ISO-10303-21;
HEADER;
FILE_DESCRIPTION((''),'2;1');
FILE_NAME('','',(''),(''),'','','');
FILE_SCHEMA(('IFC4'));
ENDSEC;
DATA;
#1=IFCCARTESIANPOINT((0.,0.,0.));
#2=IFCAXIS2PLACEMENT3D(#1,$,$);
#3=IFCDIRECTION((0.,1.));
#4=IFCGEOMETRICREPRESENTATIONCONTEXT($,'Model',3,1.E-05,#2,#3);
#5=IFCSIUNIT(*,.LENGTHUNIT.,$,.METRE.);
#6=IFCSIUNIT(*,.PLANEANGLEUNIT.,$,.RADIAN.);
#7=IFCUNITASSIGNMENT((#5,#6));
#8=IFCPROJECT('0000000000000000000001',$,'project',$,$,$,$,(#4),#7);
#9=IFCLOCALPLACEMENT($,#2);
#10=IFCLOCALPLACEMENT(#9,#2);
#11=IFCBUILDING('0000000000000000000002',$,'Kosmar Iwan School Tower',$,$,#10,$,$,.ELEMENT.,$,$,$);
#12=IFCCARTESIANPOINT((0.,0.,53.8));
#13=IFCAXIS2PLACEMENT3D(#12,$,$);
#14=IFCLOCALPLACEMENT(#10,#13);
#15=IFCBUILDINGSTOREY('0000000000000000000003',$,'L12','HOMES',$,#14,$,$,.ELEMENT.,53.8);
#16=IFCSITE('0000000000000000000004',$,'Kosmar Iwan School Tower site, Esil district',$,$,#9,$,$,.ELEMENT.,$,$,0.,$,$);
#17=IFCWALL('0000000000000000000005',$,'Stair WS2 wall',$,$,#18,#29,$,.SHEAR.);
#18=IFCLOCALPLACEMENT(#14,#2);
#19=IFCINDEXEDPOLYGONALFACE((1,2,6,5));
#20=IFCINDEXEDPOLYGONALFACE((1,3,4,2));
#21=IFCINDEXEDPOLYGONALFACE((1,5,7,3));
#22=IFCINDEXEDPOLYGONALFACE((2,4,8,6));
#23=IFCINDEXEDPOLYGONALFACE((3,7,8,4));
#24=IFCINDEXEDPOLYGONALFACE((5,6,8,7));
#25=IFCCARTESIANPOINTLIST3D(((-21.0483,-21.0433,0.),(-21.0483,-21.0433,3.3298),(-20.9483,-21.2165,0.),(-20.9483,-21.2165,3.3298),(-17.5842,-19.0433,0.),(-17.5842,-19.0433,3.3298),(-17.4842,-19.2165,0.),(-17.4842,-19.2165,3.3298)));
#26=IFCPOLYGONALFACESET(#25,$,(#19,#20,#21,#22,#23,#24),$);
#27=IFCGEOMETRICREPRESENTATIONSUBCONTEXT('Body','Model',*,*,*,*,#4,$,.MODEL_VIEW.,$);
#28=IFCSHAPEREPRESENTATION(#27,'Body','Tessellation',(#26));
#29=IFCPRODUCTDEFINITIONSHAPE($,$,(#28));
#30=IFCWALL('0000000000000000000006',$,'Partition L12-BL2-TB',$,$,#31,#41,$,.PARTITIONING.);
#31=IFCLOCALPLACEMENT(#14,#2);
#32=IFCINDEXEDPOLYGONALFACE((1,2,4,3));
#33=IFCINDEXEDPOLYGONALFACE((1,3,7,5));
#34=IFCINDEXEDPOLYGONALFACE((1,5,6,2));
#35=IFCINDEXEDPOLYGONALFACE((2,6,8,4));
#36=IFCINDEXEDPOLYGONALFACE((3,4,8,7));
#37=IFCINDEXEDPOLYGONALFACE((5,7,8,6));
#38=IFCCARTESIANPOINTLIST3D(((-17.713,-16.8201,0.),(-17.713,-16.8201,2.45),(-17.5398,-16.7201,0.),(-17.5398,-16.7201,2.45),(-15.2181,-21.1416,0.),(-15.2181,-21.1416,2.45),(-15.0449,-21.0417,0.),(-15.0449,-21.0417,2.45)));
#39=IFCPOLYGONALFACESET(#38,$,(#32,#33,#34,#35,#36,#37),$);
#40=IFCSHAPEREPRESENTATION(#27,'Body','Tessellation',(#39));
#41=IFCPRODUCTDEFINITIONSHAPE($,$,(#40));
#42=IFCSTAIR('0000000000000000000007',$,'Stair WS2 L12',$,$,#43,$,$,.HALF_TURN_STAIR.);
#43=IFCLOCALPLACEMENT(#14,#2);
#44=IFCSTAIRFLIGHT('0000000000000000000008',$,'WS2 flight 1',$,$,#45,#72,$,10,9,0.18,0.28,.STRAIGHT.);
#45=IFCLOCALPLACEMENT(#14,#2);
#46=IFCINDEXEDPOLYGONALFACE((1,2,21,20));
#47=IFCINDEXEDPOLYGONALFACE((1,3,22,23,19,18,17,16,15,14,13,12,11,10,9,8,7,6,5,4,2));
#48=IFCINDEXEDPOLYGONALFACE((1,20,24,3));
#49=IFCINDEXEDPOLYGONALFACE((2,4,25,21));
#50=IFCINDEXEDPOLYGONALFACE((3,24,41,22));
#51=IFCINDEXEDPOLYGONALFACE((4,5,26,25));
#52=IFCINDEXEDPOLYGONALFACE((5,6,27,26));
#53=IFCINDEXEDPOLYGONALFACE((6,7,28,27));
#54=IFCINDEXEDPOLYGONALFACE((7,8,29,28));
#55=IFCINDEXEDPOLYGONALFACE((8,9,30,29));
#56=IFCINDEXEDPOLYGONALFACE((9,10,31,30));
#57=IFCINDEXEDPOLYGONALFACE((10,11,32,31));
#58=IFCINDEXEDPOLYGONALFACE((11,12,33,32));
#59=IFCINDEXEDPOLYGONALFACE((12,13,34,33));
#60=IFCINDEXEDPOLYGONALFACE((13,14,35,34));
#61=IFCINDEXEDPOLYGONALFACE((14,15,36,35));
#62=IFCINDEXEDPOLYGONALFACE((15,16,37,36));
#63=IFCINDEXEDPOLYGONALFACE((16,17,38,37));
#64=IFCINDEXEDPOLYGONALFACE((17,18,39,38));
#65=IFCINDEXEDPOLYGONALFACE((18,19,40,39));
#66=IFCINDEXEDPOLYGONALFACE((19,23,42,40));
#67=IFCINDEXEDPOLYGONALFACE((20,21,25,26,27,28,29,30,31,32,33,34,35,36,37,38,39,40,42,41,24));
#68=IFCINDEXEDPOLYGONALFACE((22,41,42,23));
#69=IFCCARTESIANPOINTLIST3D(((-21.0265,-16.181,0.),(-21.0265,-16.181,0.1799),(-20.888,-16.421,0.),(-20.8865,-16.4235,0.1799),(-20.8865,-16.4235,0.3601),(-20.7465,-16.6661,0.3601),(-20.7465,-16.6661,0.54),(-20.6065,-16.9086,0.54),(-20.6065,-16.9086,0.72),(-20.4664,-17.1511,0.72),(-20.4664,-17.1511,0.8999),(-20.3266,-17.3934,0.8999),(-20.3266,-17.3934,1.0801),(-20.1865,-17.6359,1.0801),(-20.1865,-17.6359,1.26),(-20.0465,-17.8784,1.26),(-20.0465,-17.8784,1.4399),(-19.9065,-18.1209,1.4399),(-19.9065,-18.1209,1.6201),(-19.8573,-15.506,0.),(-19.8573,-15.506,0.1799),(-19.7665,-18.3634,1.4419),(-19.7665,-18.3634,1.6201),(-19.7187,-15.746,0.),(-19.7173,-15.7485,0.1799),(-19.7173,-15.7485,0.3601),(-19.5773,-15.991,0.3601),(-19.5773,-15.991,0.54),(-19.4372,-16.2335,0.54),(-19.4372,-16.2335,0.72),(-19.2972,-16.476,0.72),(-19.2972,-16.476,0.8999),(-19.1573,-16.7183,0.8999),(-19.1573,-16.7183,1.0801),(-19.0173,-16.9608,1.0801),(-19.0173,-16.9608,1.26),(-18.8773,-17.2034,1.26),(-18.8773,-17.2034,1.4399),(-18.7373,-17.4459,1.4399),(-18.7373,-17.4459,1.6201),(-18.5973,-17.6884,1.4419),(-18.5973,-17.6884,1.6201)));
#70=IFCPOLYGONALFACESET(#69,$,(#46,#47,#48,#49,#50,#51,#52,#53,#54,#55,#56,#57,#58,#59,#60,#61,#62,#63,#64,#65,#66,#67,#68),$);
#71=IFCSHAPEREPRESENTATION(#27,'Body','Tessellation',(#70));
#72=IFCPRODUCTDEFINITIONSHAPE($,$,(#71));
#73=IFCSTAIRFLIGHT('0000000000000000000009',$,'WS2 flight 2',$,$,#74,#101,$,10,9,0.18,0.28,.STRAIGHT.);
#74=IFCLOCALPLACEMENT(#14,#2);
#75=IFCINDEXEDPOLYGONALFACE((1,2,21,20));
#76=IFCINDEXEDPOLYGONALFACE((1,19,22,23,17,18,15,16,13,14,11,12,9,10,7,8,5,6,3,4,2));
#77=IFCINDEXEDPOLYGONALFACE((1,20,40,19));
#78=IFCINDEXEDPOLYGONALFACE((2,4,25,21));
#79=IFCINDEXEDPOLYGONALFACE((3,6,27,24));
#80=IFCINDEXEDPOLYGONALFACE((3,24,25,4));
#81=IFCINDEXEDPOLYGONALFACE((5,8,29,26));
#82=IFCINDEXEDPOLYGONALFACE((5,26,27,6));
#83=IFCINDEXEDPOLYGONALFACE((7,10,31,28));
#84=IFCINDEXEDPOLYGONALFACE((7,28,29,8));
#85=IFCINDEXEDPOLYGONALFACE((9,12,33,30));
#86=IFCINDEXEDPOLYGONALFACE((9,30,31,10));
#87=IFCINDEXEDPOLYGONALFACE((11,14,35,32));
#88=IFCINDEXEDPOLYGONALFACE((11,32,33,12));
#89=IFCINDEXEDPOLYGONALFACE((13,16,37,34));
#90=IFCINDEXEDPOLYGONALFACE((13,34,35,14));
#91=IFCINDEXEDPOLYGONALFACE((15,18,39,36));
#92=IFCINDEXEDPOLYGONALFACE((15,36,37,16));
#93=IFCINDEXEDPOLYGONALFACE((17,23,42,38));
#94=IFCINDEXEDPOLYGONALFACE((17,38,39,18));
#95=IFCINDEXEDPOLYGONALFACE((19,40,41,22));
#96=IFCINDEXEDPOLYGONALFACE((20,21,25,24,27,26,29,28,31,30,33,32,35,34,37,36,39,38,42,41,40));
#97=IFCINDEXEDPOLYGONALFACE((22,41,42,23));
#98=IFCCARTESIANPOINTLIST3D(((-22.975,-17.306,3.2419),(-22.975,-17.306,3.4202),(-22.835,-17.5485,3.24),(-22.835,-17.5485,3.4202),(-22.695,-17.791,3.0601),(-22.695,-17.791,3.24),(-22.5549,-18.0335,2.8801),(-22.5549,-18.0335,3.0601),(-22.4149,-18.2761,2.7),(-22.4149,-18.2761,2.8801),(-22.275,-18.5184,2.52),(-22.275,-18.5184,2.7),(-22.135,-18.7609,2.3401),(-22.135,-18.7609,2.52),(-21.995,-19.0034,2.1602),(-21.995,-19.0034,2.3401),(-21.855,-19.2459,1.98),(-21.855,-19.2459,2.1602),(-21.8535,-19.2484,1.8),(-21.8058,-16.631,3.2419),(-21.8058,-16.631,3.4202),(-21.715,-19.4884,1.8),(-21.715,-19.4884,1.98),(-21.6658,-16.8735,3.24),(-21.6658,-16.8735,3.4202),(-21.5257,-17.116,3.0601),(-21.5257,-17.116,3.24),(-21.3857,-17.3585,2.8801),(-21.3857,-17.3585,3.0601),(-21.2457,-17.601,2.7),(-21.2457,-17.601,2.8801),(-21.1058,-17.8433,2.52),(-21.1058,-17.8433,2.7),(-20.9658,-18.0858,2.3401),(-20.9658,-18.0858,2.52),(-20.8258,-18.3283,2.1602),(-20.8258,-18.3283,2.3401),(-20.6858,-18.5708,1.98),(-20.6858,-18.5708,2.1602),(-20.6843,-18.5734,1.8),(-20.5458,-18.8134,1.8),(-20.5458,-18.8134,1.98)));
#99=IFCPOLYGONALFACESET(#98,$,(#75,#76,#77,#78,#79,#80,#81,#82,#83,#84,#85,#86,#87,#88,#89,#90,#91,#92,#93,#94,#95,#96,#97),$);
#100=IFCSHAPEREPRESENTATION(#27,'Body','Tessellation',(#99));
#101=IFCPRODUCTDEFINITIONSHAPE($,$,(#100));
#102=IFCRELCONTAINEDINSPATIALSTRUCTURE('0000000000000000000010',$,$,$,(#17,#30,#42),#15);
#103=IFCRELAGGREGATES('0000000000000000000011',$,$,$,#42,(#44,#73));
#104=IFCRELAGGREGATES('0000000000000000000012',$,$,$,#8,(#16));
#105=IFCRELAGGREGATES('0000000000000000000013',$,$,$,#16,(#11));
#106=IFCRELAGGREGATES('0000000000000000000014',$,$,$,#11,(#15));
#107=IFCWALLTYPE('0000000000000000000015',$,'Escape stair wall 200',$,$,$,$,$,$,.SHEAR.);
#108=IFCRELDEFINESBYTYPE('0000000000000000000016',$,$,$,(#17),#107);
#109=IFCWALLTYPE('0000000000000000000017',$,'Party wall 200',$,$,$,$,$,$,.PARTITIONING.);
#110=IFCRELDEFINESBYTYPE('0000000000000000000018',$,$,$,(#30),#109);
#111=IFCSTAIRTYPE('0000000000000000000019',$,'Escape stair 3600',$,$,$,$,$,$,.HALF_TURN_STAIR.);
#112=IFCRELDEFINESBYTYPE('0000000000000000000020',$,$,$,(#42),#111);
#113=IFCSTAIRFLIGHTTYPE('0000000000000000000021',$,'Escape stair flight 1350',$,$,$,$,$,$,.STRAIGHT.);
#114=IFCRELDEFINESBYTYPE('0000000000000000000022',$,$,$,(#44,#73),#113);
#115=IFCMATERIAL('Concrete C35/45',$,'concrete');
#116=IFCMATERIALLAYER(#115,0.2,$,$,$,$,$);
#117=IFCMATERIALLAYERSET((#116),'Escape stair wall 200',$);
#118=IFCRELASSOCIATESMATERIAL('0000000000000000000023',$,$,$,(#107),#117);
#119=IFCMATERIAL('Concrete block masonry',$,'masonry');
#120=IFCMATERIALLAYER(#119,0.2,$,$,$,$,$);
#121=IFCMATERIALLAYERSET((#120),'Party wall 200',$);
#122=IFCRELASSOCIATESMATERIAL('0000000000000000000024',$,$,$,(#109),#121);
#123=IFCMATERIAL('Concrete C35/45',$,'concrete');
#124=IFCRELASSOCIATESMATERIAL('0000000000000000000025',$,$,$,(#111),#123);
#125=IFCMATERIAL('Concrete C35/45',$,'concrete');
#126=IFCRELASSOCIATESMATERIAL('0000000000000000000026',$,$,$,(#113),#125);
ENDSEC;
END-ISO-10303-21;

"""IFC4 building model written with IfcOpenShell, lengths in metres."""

from ifc_helpers import new_model, si_unit, direction, frame, frame_2d, origin, place, context, subcontext, project, spatial, polyline, rectangle, outline, extrude, material, layer, layer_set, type_object, element, aggregate, save


model = new_model("IFC4")

# Units and contexts
model_context = context("Model", 3, precision=1e-05, world=origin(), true_north=direction((0.0, 1.0)))
body_context = subcontext(model_context, "Body", "Model", "MODEL_VIEW")
ifc_project = project(units=[si_unit("LENGTHUNIT", "METRE"), si_unit("PLANEANGLEUNIT", "RADIAN")], contexts=[model_context])

# Site, building, storey
site_placement = place(None, origin())
site = spatial("IfcSite", under=ifc_project, at=site_placement, Name="Kosmar Iwan School Tower site, Esil district", CompositionType="ELEMENT", RefElevation=0.0)
building_placement = place(site_placement, origin())
building = spatial("IfcBuilding", under=site, at=building_placement, Name="Kosmar Iwan School Tower", CompositionType="ELEMENT")
storey_placement = place(building_placement, frame((0.0, 0.0, 53.8)))
storey = spatial("IfcBuildingStorey", under=building, at=storey_placement, Name="L12", Description="HOMES", CompositionType="ELEMENT", Elevation=53.8)

# Walls
ifc_material_1 = material(Name="Concrete C35/45", Category="concrete")
ifc_layer_1 = layer(ifc_material_1, 0.2)
ifc_layer_set_1 = layer_set([ifc_layer_1], Name="Escape stair wall 200")
wall_type_1 = type_object("IfcWallType", Name="Escape stair wall 200", PredefinedType="SHEAR", material=ifc_layer_set_1)
wall_1_placement = place(storey_placement, frame((-17.5342, -19.1299, 0.0), z_axis=(0.0, 0.0, 1.0), x_axis=(-0.866026, -0.499999, 0.0)))
element("IfcWall", 1, at=wall_1_placement, inside=storey, type_object=wall_type_1, Name="Stair WS2 wall", PredefinedType="SHEAR", context=body_context, shape_type="SweptSolid", body=[
    extrude(rectangle(XDim=4.0, YDim=0.2, at=frame_2d((2.0, 0.0))), origin(), (0.0, 0.0, 1.0), 3.3298),
])
ifc_material_2 = material(Name="Concrete block masonry", Category="masonry")
ifc_layer_2 = layer(ifc_material_2, 0.2)
ifc_layer_set_2 = layer_set([ifc_layer_2], Name="Party wall 200")
wall_type_2 = type_object("IfcWallType", Name="Party wall 200", PredefinedType="PARTITIONING", material=ifc_layer_set_2)
wall_2_placement = place(storey_placement, frame((-17.6265, -16.77, 0.0), z_axis=(0.0, 0.0, 1.0), x_axis=(0.499975, -0.86604, 0.0)))
element("IfcWall", 2, at=wall_2_placement, inside=storey, type_object=wall_type_2, Name="Partition L12-BL2-TB", PredefinedType="PARTITIONING", context=body_context, shape_type="SweptSolid", body=[
    extrude(rectangle(XDim=4.99, YDim=0.2, at=frame_2d((2.4951, 0.0))), origin(), (0.0, 0.0, 1.0), 2.45),
])

# Stair, stair flights
ifc_material_3 = material(Name="Concrete C35/45", Category="concrete")
stair_type = type_object("IfcStairType", Name="Escape stair 3600", PredefinedType="HALF_TURN_STAIR", material=ifc_material_3)
stair_placement = place(storey_placement, origin())
stair = element("IfcStair", 3, at=stair_placement, inside=storey, type_object=stair_type, Name="Stair WS2 L12", PredefinedType="HALF_TURN_STAIR")
ifc_material_4 = material(Name="Concrete C35/45", Category="concrete")
stair_flight_type = type_object("IfcStairFlightType", Name="Escape stair flight 1350", PredefinedType="STRAIGHT", material=ifc_material_4)
stair_flight_1_placement = place(storey_placement, frame((-20.4419, -15.8435, 0.0), z_axis=(0.0, 0.0, 1.0), x_axis=(0.5, -0.866025, 0.0)))
stair_flight_1 = element("IfcStairFlight", 4, at=stair_flight_1_placement, type_object=stair_flight_type, Name="WS2 flight 1", NumberOfRisers=10, NumberOfTreads=9, PredefinedType="STRAIGHT", RiserHeight=0.18, TreadLength=0.28, context=body_context, shape_type="SweptSolid", body=[
    extrude(outline(polyline([(0.0, 0.0), (0.0, 0.1799), (0.28, 0.1799), (0.28, 0.3601), (0.5601, 0.3601), (0.5601, 0.54), (0.8401, 0.54), (0.8401, 0.72), (1.1201, 0.72), (1.1201, 0.8999), (1.3999, 0.8999), (1.3999, 1.0801), (1.6799, 1.0801), (1.6799, 1.26), (1.96, 1.26), (1.96, 1.4399), (2.24, 1.4399), (2.24, 1.6201), (2.52, 1.6201), (2.52, 1.8), (2.52, 1.4419), (0.2771, 0.0), (0.0, 0.0)])), frame((0.0, 0.675, 0.0), z_axis=(0.0, -1.0, 0.0), x_axis=(1.0, 0.0, 0.0)), (0.0, 0.0, 1.0), 1.3501),
])
stair_flight_2_placement = place(storey_placement, frame((-21.1304, -19.1509, 1.8), z_axis=(0.0, 0.0, 1.0), x_axis=(-0.5, 0.866025, 0.0)))
stair_flight_2 = element("IfcStairFlight", 5, at=stair_flight_2_placement, type_object=stair_flight_type, Name="WS2 flight 2", NumberOfRisers=10, NumberOfTreads=9, PredefinedType="STRAIGHT", RiserHeight=0.18, TreadLength=0.28, context=body_context, shape_type="SweptSolid", body=[
    extrude(outline(polyline([(0.0, 0.0), (0.0, 0.1799), (0.28, 0.1799), (0.28, 0.3601), (0.5601, 0.3601), (0.5601, 0.54), (0.8401, 0.54), (0.8401, 0.72), (1.1201, 0.72), (1.1201, 0.8999), (1.3999, 0.8999), (1.3999, 1.0801), (1.6799, 1.0801), (1.6799, 1.26), (1.96, 1.26), (1.96, 1.4399), (2.24, 1.4399), (2.24, 1.6201), (2.52, 1.6201), (2.52, 1.8), (2.52, 1.4419), (0.2771, 0.0), (0.0, 0.0)])), frame((0.0, 0.675, 0.0), z_axis=(0.0, -1.0, 0.0), x_axis=(1.0, 0.0, 0.0)), (0.0, 0.0, 1.0), 1.3501),
])
aggregate(stair, [stair_flight_1, stair_flight_2])

save(model, "model.ifc")
